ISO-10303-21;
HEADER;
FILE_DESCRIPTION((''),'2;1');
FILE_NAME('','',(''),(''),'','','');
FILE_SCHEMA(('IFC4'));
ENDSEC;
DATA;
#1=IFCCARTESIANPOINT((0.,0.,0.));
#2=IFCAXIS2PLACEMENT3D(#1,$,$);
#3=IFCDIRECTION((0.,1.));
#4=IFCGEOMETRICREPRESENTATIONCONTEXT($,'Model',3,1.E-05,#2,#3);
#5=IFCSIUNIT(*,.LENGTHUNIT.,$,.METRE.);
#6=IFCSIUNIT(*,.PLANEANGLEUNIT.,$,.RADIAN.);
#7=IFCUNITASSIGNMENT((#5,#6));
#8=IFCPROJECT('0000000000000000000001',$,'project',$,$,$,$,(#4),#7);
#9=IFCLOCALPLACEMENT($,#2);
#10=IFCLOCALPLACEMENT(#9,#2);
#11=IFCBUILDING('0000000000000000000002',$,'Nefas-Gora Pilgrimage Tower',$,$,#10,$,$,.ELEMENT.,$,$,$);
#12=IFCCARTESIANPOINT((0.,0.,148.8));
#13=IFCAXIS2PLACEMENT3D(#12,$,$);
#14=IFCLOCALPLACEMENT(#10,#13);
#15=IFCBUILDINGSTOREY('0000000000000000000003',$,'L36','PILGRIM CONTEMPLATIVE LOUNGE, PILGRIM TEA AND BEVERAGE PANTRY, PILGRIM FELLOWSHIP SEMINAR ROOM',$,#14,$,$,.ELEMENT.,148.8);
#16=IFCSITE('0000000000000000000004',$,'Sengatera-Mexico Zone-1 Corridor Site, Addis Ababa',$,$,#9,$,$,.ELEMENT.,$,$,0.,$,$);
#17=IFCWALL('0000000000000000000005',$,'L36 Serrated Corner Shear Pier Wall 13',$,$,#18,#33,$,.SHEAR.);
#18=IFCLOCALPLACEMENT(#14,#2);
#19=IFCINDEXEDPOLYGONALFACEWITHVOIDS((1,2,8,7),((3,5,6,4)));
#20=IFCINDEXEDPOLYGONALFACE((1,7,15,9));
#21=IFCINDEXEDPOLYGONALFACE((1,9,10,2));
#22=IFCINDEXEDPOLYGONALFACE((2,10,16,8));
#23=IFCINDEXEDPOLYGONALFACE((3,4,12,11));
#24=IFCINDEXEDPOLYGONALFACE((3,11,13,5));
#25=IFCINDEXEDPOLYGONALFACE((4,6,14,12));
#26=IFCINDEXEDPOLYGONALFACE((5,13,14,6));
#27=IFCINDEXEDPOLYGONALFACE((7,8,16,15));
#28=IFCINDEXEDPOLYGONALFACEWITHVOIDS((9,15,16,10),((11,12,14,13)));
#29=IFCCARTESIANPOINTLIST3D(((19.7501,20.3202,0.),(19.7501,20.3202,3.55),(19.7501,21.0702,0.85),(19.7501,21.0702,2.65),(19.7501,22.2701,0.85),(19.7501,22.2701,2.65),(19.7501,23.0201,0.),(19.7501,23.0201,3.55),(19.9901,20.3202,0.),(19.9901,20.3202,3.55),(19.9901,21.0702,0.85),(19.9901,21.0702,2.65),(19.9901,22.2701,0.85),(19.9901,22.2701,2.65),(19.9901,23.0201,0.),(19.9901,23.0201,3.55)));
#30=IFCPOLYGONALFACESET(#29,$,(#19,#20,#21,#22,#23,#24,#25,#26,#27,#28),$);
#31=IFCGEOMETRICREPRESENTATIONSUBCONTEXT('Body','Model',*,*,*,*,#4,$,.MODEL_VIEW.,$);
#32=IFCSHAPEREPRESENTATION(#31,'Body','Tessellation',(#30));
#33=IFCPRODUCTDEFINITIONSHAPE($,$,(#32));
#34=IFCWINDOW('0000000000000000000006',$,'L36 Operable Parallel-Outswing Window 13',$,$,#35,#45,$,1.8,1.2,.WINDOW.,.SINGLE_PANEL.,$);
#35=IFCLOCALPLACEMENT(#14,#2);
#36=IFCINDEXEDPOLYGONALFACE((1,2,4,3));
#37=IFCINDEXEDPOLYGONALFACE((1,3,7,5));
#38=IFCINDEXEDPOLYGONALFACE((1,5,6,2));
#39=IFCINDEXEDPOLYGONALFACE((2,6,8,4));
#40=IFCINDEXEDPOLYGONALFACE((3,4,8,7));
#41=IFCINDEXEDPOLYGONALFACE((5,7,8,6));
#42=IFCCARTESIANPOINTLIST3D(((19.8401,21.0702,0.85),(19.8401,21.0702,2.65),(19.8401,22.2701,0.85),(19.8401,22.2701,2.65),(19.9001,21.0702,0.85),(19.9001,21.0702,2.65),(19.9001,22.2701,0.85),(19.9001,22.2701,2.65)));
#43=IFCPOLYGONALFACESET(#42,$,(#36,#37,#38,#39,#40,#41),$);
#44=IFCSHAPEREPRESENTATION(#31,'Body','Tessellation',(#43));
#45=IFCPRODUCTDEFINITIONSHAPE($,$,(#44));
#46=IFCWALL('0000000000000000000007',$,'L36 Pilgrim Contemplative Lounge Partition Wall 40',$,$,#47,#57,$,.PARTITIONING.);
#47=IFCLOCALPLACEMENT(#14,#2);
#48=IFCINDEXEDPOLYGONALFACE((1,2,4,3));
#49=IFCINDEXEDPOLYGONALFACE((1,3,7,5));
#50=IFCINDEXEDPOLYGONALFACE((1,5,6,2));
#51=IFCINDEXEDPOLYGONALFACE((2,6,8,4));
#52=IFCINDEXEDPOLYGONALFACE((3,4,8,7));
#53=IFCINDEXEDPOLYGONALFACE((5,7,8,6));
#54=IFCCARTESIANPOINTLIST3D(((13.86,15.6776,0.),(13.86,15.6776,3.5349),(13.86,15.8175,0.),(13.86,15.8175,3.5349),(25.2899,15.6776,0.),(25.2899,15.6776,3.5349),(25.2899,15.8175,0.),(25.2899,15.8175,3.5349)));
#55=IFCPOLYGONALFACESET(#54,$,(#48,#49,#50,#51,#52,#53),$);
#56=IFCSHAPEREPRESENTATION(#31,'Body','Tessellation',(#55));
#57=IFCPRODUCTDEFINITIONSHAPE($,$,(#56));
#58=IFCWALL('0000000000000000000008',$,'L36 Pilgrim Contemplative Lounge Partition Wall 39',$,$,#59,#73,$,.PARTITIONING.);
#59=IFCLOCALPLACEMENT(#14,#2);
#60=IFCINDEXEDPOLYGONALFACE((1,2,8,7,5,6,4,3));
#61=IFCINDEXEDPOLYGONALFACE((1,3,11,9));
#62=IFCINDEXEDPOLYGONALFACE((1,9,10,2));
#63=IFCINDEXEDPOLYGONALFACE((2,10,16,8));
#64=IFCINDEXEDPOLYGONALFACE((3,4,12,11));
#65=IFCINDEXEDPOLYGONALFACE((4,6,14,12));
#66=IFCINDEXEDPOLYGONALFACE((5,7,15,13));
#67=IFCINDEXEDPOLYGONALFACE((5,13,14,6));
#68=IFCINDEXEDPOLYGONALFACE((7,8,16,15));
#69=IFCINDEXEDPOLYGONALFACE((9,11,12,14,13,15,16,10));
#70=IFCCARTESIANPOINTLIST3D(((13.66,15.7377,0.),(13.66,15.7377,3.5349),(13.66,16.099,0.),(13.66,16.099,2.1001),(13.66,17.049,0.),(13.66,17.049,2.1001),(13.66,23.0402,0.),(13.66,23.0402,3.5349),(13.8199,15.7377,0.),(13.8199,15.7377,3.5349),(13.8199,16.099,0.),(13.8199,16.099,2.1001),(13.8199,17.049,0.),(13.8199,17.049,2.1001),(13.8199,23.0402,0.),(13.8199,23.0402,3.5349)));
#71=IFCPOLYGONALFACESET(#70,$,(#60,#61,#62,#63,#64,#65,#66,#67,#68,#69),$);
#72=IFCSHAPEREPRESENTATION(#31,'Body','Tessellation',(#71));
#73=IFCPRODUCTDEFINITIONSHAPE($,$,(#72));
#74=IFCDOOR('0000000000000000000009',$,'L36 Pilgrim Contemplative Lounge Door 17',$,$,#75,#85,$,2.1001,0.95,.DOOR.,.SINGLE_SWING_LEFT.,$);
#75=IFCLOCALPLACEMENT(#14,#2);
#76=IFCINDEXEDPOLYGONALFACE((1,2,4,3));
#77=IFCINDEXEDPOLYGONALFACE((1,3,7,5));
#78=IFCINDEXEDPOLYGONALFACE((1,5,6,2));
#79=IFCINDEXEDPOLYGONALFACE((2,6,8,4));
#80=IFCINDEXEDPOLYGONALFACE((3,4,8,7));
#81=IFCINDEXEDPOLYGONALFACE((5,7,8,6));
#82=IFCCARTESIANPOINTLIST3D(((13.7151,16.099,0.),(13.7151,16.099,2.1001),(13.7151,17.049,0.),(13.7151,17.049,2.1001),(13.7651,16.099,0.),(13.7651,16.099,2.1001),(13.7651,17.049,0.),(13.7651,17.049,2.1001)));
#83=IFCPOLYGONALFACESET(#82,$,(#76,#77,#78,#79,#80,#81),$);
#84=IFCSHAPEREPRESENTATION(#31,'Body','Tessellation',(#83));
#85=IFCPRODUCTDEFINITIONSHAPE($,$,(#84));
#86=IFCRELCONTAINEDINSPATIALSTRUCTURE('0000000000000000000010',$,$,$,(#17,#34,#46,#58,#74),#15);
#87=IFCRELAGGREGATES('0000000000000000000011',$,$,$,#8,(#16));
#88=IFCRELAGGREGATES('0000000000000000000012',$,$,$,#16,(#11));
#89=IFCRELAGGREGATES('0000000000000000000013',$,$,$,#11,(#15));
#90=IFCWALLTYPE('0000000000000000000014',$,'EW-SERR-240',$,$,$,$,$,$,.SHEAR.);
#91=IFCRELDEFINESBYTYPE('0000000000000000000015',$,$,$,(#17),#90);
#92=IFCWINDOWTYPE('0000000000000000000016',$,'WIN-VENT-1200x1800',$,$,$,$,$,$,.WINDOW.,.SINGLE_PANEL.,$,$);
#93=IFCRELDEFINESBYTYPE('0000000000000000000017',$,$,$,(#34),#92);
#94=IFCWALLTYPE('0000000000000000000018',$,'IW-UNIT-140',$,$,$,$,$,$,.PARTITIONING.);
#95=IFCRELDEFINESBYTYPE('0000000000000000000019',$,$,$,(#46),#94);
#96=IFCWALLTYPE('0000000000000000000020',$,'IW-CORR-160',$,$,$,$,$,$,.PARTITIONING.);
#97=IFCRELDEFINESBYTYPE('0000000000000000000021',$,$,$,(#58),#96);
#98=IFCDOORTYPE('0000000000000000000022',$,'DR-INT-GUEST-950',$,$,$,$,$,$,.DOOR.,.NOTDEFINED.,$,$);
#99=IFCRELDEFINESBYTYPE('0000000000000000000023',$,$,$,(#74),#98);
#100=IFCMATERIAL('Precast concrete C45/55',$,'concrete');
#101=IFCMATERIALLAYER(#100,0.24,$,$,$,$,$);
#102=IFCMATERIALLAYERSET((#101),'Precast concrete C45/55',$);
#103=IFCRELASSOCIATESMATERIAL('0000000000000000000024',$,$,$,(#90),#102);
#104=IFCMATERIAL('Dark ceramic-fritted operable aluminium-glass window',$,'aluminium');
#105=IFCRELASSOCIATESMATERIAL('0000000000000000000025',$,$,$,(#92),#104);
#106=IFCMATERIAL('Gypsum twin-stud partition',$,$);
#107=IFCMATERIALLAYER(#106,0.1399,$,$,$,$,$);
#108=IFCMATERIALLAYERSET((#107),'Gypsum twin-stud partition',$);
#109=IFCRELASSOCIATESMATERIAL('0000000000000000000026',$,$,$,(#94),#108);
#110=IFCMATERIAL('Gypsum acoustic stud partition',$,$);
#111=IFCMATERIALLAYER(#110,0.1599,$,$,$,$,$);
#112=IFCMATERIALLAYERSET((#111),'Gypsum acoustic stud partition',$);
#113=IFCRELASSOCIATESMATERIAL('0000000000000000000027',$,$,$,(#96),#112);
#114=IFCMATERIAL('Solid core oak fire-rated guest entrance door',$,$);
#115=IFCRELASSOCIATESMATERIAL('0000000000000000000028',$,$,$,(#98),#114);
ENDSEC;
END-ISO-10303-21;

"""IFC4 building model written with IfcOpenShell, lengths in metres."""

from ifc_helpers import new_model, si_unit, direction, frame, frame_2d, origin, place, context, subcontext, project, spatial, rectangle, extrude, source, transform, mapped, material, layer, layer_set, type_object, element, fill, save


model = new_model("IFC4")

# Units and contexts
model_context = context("Model", 3, precision=1e-05, world=origin(), true_north=direction((0.0, 1.0)))
body_context = subcontext(model_context, "Body", "Model", "MODEL_VIEW")
ifc_project = project(units=[si_unit("LENGTHUNIT", "METRE"), si_unit("PLANEANGLEUNIT", "RADIAN")], contexts=[model_context])

# Site, building, storey
site_placement = place(None, origin())
site = spatial("IfcSite", under=ifc_project, at=site_placement, Name="Sengatera-Mexico Zone-1 Corridor Site, Addis Ababa", CompositionType="ELEMENT", RefElevation=0.0)
building_placement = place(site_placement, origin())
building = spatial("IfcBuilding", under=site, at=building_placement, Name="Nefas-Gora Pilgrimage Tower", CompositionType="ELEMENT")
storey_placement = place(building_placement, frame((0.0, 0.0, 148.8)))
storey = spatial("IfcBuildingStorey", under=building, at=storey_placement, Name="L36", Description="PILGRIM CONTEMPLATIVE LOUNGE, PILGRIM TEA AND BEVERAGE PANTRY, PILGRIM FELLOWSHIP SEMINAR ROOM", CompositionType="ELEMENT", Elevation=148.8)

# Shared definitions
ifc_material_1 = material(Name="Precast concrete C45/55", Category="concrete")
ifc_layer_1 = layer(ifc_material_1, 0.24)
ifc_layer_set_1 = layer_set([ifc_layer_1], Name="Precast concrete C45/55")
wall_type_1 = type_object("IfcWallType", Name="EW-SERR-240", PredefinedType="SHEAR", material=ifc_layer_set_1)
shared_shape_1 = source(origin(), body_context, "Body", "SweptSolid", [
    extrude(rectangle(XDim=2.7, YDim=0.24, at=frame_2d((1.3501, 0.0))), origin(), (0.0, 0.0, 1.0), 3.55),
])

# Wall, opening, window
wall_1_placement = place(storey_placement, frame((19.8701, 20.3201, 0.0), z_axis=(0.0, 0.0, 1.0), x_axis=(0.0, 1.0, 0.0)))
wall_1 = element("IfcWall", 1, at=wall_1_placement, inside=storey, type_object=wall_type_1, Name="L36 Serrated Corner Shear Pier Wall 13", PredefinedType="SHEAR", context=body_context, shape_type="MappedRepresentation", body=[
    mapped(shared_shape_1, transform((0.0, 0.0, 0.0), x_axis=(1.0, 0.0, 0.0), y_axis=(0.0, 1.0, 0.0), z_axis=(0.0, 0.0, 1.0), scale=1.0)),
])
opening_1_placement = place(wall_1_placement, frame((0.75, 0.0, 0.8501)))
opening_1 = element("IfcOpeningElement", 2, at=opening_1_placement, cuts=wall_1, PredefinedType="OPENING", context=body_context, shape_type="SweptSolid", body=[
    extrude(rectangle(XDim=1.2, YDim=1.8, at=frame_2d((0.6001, 0.8999))), frame((0.0, 0.1299, 0.0), z_axis=(0.0, -1.0, 0.0), x_axis=(1.0, 0.0, 0.0)), (0.0, 0.0, 1.0), 0.26),
])
ifc_material_2 = material(Name="Dark ceramic-fritted operable aluminium-glass window", Category="aluminium")
window_type = type_object("IfcWindowType", Name="WIN-VENT-1200x1800", PartitioningType="SINGLE_PANEL", PredefinedType="WINDOW", material=ifc_material_2)
shared_shape_2 = source(origin(), body_context, "Body", "SweptSolid", [
    extrude(rectangle(XDim=1.2, YDim=1.8, at=frame_2d((0.6001, 0.8999))), frame((0.0, 0.03, 0.0), z_axis=(0.0, -1.0, 0.0), x_axis=(1.0, 0.0, 0.0)), (0.0, 0.0, 1.0), 0.0601),
])
window_placement = place(opening_1_placement, origin())
window = element("IfcWindow", 3, at=window_placement, inside=storey, type_object=window_type, Name="L36 Operable Parallel-Outswing Window 13", OverallHeight=1.8, OverallWidth=1.2, PartitioningType="SINGLE_PANEL", PredefinedType="WINDOW", context=body_context, shape_type="MappedRepresentation", body=[
    mapped(shared_shape_2, transform((0.0, 0.0, 0.0), x_axis=(1.0, 0.0, 0.0), y_axis=(0.0, 1.0, 0.0), z_axis=(0.0, 0.0, 1.0), scale=1.0)),
])
fill(opening_1, window)

# Wall
ifc_material_3 = material(Name="Gypsum twin-stud partition")
ifc_layer_2 = layer(ifc_material_3, 0.1399)
ifc_layer_set_2 = layer_set([ifc_layer_2], Name="Gypsum twin-stud partition")
wall_type_2 = type_object("IfcWallType", Name="IW-UNIT-140", PredefinedType="PARTITIONING", material=ifc_layer_set_2)
shared_shape_3 = source(origin(), body_context, "Body", "SweptSolid", [
    extrude(rectangle(XDim=11.4299, YDim=0.1399, at=frame_2d((5.7148, 0.0))), origin(), (0.0, 0.0, 1.0), 3.5349),
])
wall_2_placement = place(storey_placement, frame((13.8601, 15.7476, 0.0), z_axis=(0.0, 0.0, 1.0), x_axis=(1.0, 0.0, 0.0)))
element("IfcWall", 4, at=wall_2_placement, inside=storey, type_object=wall_type_2, Name="L36 Pilgrim Contemplative Lounge Partition Wall 40", PredefinedType="PARTITIONING", context=body_context, shape_type="MappedRepresentation", body=[
    mapped(shared_shape_3, transform((0.0, 0.0, 0.0), x_axis=(1.0, 0.0, 0.0), y_axis=(0.0, 1.0, 0.0), z_axis=(0.0, 0.0, 1.0), scale=1.0)),
])

# Wall, opening, door
ifc_material_4 = material(Name="Gypsum acoustic stud partition")
ifc_layer_3 = layer(ifc_material_4, 0.1599)
ifc_layer_set_3 = layer_set([ifc_layer_3], Name="Gypsum acoustic stud partition")
wall_type_3 = type_object("IfcWallType", Name="IW-CORR-160", PredefinedType="PARTITIONING", material=ifc_layer_set_3)
shared_shape_4 = source(origin(), body_context, "Body", "SweptSolid", [
    extrude(rectangle(XDim=7.3025, YDim=0.1599, at=frame_2d((3.6514, 0.0))), origin(), (0.0, 0.0, 1.0), 3.5349),
])
wall_3_placement = place(storey_placement, frame((13.74, 15.7375, 0.0), z_axis=(0.0, 0.0, 1.0), x_axis=(0.0, 1.0, 0.0)))
wall_3 = element("IfcWall", 5, at=wall_3_placement, inside=storey, type_object=wall_type_3, Name="L36 Pilgrim Contemplative Lounge Partition Wall 39", PredefinedType="PARTITIONING", context=body_context, shape_type="MappedRepresentation", body=[
    mapped(shared_shape_4, transform((0.0, 0.0, 0.0), x_axis=(1.0, 0.0, 0.0), y_axis=(0.0, 1.0, 0.0), z_axis=(0.0, 0.0, 1.0), scale=1.0)),
])
opening_2_placement = place(wall_3_placement, frame((0.3613, 0.0, 0.0)))
opening_2 = element("IfcOpeningElement", 6, at=opening_2_placement, cuts=wall_3, PredefinedType="OPENING", context=body_context, shape_type="SweptSolid", body=[
    extrude(rectangle(XDim=0.95, YDim=2.1001, at=frame_2d((0.4751, 1.05))), frame((0.0, 0.0898, 0.0), z_axis=(0.0, -1.0, 0.0), x_axis=(1.0, 0.0, 0.0)), (0.0, 0.0, 1.0), 0.1799),
])
ifc_material_5 = material(Name="Solid core oak fire-rated guest entrance door")
door_type = type_object("IfcDoorType", Name="DR-INT-GUEST-950", OperationType="NOTDEFINED", PredefinedType="DOOR", material=ifc_material_5)
shared_shape_5 = source(origin(), body_context, "Body", "SweptSolid", [
    extrude(rectangle(XDim=0.95, YDim=2.1001, at=frame_2d((0.4751, 1.05))), frame((0.0, 0.0249, 0.0), z_axis=(0.0, -1.0, 0.0), x_axis=(1.0, 0.0, 0.0)), (0.0, 0.0, 1.0), 0.05),
])
door_placement = place(opening_2_placement, origin())
door = element("IfcDoor", 7, at=door_placement, inside=storey, type_object=door_type, Name="L36 Pilgrim Contemplative Lounge Door 17", OperationType="SINGLE_SWING_LEFT", OverallHeight=2.1001, OverallWidth=0.95, PredefinedType="DOOR", context=body_context, shape_type="MappedRepresentation", body=[
    mapped(shared_shape_5, transform((0.0, 0.0, 0.0), x_axis=(1.0, 0.0, 0.0), y_axis=(0.0, 1.0, 0.0), z_axis=(0.0, 0.0, 1.0), scale=1.0)),
])
fill(opening_2, door)

save(model, "model.ifc")
